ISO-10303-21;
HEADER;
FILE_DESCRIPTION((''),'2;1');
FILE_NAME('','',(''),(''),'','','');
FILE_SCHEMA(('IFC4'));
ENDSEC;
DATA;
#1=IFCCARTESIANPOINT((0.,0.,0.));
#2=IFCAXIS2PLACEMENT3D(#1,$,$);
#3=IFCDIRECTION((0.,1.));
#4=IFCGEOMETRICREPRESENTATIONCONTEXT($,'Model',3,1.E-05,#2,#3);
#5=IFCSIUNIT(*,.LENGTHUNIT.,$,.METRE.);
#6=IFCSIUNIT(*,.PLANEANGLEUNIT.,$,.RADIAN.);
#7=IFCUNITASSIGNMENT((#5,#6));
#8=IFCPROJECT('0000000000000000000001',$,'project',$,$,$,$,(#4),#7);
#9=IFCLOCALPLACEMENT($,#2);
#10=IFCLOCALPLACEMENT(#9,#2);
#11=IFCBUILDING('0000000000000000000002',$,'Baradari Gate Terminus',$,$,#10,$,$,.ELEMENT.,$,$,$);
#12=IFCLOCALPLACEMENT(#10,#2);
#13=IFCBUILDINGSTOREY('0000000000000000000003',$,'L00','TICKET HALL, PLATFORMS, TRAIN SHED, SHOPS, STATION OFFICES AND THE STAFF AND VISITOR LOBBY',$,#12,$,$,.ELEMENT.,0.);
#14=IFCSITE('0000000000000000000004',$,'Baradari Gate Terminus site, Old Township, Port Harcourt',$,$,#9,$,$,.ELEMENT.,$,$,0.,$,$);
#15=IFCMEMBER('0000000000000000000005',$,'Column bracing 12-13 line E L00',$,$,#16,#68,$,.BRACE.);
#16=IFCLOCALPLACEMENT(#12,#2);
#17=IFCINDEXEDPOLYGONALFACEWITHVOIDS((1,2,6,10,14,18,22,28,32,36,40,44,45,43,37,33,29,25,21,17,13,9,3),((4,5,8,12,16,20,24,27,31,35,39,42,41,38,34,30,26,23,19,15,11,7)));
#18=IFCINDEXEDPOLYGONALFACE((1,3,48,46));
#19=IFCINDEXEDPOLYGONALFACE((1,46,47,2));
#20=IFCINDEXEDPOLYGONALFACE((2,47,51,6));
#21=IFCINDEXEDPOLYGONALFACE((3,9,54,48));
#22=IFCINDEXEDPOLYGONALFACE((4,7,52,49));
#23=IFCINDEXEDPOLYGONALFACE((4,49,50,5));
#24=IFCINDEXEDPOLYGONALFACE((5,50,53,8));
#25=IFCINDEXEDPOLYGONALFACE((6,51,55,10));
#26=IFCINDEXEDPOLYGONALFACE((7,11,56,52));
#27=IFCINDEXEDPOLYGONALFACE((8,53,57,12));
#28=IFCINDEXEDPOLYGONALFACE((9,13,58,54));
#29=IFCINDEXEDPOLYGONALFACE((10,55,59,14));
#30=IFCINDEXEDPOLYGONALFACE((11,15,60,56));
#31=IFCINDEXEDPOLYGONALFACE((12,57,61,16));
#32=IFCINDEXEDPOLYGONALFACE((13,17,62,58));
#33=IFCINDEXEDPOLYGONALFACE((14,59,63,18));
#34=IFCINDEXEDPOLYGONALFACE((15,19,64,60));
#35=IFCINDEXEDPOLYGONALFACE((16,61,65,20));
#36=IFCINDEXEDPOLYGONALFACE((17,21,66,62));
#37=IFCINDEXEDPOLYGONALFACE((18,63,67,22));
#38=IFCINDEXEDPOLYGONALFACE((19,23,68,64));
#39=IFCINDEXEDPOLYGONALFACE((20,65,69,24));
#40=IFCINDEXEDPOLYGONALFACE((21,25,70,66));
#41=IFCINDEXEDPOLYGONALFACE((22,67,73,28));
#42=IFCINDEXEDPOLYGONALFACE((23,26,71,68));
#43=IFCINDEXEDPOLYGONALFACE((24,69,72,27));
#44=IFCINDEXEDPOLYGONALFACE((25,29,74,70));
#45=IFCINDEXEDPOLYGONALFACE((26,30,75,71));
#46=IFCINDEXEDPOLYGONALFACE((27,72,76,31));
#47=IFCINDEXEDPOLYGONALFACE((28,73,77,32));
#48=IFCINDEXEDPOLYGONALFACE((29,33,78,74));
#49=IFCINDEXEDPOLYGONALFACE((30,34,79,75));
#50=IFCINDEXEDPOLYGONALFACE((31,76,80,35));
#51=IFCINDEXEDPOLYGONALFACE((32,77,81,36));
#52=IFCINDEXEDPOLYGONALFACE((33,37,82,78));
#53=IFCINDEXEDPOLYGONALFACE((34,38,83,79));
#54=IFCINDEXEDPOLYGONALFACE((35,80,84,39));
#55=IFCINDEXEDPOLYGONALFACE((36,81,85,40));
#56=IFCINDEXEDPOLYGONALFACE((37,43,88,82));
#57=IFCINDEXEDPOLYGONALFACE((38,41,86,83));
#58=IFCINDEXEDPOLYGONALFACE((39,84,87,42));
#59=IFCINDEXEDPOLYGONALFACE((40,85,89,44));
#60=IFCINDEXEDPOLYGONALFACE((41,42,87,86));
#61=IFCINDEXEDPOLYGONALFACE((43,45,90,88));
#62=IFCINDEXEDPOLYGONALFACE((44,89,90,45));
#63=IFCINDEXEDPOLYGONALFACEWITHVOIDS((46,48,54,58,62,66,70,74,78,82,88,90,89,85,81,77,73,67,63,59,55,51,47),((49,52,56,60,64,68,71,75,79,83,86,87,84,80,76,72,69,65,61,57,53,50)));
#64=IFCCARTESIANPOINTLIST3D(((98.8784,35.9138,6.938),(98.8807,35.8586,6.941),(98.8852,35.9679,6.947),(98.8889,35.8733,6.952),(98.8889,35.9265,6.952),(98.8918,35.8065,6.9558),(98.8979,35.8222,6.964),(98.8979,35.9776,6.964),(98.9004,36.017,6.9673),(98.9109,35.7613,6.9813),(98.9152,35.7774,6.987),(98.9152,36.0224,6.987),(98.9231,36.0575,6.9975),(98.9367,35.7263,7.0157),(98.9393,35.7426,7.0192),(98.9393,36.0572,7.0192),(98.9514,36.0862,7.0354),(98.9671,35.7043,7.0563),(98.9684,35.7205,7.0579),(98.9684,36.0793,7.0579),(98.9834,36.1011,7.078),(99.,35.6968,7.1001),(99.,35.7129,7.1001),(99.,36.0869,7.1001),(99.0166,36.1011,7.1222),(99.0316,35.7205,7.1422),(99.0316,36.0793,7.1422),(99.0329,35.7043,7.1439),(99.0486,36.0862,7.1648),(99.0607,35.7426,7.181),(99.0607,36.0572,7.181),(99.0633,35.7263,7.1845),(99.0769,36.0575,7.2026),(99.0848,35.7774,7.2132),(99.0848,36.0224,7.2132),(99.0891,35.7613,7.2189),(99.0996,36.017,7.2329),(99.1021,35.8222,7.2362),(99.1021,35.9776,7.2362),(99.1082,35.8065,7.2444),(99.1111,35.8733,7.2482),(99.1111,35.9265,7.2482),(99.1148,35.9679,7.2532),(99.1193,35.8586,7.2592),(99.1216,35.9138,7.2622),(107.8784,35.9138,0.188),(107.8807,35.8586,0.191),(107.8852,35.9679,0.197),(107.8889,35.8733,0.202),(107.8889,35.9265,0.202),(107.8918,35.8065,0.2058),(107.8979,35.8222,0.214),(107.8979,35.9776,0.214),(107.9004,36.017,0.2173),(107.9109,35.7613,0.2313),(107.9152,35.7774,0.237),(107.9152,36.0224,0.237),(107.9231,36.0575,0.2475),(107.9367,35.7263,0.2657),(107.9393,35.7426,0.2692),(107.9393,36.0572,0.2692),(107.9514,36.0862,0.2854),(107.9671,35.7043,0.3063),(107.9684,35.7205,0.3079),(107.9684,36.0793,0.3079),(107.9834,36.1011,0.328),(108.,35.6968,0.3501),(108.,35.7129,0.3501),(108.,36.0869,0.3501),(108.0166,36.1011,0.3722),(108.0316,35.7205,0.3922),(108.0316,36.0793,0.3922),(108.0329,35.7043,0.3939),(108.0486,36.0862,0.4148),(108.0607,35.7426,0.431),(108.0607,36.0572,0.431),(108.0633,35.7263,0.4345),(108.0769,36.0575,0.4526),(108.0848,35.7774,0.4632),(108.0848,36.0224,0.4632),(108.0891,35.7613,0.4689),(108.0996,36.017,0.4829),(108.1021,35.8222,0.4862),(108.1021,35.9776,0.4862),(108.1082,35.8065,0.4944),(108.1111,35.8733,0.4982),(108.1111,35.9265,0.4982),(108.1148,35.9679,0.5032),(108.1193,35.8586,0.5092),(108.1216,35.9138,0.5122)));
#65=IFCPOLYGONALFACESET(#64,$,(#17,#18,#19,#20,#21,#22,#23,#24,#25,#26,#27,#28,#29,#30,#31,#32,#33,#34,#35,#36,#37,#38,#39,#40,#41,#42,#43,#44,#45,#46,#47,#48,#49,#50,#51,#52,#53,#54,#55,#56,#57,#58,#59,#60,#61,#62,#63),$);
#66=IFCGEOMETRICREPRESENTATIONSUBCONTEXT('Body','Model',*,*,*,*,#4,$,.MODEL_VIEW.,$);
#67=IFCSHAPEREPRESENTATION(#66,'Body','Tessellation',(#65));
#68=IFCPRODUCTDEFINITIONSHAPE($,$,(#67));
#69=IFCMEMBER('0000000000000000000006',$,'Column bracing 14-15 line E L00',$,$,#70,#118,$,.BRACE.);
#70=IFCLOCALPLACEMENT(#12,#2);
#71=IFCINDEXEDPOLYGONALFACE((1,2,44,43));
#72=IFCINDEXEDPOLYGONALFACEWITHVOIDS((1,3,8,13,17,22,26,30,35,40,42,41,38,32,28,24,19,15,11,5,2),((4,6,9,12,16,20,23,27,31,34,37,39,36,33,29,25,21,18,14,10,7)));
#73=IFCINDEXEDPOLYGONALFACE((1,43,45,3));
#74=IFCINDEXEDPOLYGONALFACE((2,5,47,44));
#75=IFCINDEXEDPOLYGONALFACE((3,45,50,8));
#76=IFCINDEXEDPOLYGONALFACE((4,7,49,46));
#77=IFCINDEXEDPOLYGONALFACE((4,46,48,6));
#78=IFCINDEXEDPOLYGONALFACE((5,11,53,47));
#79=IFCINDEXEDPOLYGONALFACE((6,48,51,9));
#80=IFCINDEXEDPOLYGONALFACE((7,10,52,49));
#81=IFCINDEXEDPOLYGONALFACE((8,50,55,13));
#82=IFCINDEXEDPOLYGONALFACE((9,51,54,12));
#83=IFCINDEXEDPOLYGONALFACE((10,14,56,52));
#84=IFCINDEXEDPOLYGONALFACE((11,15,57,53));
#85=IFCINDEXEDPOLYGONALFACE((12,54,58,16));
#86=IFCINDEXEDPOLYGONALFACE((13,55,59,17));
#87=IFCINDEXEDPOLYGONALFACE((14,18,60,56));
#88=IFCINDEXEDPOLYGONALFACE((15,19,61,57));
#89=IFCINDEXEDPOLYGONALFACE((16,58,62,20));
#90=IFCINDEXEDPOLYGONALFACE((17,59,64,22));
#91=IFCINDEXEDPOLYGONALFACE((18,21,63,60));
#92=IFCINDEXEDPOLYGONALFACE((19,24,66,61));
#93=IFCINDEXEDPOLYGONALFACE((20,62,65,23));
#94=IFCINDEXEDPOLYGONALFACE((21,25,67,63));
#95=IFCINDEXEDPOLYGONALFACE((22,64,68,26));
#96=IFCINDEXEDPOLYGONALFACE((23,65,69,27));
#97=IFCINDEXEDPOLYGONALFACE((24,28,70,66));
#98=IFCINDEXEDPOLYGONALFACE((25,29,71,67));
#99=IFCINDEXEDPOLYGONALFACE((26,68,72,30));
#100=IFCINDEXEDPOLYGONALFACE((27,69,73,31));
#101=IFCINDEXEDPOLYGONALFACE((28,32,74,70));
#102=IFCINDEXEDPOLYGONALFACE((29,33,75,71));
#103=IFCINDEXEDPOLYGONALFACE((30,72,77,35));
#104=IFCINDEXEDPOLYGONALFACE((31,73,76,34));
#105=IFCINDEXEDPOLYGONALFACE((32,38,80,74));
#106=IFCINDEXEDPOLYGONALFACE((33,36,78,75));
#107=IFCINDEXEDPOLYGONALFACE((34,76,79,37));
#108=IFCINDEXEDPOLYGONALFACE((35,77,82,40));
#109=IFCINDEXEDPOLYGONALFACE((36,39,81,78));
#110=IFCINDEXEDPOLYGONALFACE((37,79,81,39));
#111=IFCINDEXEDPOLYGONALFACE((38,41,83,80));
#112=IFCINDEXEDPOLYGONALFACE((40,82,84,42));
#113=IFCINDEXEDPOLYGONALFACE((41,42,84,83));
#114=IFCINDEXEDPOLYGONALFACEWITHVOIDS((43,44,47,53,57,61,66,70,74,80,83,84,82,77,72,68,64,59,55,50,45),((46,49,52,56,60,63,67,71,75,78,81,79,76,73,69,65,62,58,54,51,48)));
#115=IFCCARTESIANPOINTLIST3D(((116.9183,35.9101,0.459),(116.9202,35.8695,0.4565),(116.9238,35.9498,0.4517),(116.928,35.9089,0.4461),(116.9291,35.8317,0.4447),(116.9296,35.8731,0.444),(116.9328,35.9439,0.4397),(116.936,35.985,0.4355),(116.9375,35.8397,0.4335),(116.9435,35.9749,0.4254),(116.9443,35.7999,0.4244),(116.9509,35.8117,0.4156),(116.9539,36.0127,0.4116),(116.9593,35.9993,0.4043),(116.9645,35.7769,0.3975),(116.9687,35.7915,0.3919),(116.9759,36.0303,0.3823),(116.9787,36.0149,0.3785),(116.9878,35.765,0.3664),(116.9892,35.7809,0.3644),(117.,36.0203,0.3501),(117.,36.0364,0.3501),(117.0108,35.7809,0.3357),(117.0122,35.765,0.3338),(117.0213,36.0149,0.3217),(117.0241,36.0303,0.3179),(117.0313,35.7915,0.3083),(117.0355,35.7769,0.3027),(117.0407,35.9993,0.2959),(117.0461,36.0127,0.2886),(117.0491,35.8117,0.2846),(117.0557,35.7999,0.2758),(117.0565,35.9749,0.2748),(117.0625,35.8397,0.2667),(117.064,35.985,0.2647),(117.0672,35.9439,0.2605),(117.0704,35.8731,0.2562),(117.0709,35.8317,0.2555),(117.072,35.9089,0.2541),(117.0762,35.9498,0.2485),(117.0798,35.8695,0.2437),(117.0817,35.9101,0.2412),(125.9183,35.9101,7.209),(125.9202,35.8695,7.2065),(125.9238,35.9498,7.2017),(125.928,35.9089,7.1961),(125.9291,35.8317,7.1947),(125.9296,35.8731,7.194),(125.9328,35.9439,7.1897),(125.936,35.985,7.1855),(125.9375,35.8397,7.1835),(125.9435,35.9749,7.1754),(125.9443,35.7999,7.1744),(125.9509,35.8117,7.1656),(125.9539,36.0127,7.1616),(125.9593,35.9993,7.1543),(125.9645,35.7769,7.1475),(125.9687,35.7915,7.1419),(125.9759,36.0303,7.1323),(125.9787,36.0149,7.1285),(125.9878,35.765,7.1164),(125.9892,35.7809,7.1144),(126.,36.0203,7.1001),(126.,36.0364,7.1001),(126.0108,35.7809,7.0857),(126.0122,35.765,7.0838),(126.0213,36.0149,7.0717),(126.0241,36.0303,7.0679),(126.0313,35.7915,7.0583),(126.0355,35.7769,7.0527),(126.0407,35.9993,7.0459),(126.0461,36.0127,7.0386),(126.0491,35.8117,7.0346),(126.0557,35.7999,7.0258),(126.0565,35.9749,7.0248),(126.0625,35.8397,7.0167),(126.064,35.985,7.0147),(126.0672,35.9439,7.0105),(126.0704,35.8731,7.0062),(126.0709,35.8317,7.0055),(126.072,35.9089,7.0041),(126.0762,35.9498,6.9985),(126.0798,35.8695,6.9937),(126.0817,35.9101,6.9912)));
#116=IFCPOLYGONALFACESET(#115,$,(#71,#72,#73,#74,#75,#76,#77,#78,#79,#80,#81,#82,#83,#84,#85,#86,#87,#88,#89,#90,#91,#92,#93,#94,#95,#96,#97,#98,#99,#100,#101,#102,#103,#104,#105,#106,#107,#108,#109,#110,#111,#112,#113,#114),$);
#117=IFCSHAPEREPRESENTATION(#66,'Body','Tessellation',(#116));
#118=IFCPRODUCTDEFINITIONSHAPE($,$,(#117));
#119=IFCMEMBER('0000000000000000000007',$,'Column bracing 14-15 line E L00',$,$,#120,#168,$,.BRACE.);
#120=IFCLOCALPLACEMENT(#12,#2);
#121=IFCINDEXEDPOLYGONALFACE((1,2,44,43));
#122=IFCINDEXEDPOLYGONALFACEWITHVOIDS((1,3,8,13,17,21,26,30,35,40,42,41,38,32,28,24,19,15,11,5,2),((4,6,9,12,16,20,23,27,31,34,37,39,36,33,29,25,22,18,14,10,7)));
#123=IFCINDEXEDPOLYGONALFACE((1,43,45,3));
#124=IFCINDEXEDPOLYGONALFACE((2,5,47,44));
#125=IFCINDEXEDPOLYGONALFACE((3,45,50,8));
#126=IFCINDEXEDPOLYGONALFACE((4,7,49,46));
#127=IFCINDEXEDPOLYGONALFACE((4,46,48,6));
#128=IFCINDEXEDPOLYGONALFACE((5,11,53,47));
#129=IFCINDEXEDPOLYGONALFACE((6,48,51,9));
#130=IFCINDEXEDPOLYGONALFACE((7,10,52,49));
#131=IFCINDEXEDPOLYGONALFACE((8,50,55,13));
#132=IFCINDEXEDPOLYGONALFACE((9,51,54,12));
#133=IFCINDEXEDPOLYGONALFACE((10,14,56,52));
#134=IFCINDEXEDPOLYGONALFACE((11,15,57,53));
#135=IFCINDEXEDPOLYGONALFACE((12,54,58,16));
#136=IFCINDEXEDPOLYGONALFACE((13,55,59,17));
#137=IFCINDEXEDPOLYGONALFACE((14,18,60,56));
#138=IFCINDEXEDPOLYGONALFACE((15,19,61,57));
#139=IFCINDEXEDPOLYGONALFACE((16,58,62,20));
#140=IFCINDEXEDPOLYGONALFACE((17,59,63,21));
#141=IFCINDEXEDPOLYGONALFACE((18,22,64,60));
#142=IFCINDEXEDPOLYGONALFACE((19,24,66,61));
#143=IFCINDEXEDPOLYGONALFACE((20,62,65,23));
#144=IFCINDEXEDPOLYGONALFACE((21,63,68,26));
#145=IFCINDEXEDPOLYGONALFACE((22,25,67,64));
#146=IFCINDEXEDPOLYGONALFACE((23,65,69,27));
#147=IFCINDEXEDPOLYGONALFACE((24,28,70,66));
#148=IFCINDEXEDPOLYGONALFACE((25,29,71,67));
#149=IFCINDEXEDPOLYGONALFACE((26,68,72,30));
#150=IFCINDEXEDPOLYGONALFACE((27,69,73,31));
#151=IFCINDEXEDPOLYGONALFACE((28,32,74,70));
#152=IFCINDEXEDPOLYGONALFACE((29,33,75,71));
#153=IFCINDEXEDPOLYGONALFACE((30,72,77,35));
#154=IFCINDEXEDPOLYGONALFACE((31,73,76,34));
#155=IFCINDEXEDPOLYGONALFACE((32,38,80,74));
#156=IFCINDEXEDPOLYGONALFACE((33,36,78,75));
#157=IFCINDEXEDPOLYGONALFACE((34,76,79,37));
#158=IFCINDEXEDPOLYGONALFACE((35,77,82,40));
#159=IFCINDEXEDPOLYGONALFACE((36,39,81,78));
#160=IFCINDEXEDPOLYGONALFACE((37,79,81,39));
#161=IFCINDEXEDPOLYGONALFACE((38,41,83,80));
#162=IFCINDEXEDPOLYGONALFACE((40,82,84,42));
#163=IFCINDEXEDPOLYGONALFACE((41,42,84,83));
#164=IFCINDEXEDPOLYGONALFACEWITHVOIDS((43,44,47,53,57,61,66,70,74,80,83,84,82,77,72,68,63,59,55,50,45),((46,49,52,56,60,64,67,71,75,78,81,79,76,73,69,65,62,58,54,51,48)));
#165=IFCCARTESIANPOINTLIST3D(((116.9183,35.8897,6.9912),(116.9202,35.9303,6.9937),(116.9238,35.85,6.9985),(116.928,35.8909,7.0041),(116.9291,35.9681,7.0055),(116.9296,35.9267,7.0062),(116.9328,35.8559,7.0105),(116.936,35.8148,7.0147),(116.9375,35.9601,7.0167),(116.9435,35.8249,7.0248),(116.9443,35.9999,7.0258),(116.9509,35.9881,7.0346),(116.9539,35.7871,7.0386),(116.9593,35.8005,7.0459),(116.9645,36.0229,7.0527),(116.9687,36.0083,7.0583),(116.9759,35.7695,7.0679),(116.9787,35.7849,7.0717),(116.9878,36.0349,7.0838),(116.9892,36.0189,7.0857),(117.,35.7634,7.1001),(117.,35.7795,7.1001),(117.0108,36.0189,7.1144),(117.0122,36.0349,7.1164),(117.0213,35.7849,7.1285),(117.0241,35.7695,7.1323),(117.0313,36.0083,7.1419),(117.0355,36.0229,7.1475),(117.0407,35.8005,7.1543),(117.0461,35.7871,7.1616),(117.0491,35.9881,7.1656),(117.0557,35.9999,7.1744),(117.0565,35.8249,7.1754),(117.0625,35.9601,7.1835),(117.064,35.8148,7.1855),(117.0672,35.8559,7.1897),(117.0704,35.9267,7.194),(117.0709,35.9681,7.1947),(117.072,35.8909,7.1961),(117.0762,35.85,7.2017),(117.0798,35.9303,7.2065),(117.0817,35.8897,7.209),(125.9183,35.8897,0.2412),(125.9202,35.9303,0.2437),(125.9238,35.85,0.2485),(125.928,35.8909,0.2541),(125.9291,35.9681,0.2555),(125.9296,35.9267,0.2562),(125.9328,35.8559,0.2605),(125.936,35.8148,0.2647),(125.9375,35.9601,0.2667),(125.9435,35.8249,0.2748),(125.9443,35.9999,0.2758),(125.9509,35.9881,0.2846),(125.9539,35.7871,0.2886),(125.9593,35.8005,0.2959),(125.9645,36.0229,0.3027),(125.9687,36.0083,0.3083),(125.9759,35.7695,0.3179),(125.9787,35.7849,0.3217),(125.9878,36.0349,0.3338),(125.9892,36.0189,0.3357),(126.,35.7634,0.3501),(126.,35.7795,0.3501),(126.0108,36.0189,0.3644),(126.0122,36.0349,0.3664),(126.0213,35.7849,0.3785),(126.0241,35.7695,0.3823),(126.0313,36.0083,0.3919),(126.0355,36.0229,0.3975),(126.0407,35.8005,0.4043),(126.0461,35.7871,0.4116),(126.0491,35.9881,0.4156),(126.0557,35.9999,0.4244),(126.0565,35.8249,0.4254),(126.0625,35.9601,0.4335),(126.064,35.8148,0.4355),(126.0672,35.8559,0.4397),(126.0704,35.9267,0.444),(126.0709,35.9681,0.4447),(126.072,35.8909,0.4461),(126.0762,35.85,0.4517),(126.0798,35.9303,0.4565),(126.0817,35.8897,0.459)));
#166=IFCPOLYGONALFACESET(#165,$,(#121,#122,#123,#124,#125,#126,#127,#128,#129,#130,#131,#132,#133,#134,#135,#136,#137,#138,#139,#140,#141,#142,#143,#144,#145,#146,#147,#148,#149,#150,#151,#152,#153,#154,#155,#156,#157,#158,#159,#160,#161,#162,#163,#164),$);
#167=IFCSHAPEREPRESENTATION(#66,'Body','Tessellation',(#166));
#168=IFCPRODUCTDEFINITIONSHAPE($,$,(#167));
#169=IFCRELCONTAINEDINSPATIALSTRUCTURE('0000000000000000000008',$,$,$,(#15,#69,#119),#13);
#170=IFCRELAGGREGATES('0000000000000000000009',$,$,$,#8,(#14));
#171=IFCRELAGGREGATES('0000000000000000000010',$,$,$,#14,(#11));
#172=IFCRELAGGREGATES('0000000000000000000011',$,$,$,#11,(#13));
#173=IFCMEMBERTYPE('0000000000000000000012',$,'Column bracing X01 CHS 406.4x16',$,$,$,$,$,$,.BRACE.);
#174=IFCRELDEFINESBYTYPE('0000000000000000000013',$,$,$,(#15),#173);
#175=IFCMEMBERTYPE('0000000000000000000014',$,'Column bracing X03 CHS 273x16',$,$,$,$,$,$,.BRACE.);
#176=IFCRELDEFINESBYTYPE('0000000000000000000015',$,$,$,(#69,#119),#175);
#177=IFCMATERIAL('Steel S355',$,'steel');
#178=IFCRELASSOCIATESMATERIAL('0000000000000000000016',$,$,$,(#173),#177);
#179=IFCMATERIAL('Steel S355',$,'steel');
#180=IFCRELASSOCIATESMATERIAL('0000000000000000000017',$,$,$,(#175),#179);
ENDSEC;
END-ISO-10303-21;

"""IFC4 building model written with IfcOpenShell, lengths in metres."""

from ifc_helpers import new_model, si_unit, direction, frame, origin, origin_2d, place, context, subcontext, project, spatial, hollow_circle, extrude, material, material_profile, profile_set, type_object, element, save


model = new_model("IFC4")

# Units and contexts
model_context = context("Model", 3, precision=1e-05, world=origin(), true_north=direction((0.0, 1.0)))
body_context = subcontext(model_context, "Body", "Model", "MODEL_VIEW")
ifc_project = project(units=[si_unit("LENGTHUNIT", "METRE"), si_unit("PLANEANGLEUNIT", "RADIAN")], contexts=[model_context])

# Site, building, storey
site_placement = place(None, origin())
site = spatial("IfcSite", under=ifc_project, at=site_placement, Name="Baradari Gate Terminus site, Old Township, Port Harcourt", CompositionType="ELEMENT", RefElevation=0.0)
building_placement = place(site_placement, origin())
building = spatial("IfcBuilding", under=site, at=building_placement, Name="Baradari Gate Terminus", CompositionType="ELEMENT")
storey_placement = place(building_placement, origin())
storey = spatial("IfcBuildingStorey", under=building, at=storey_placement, Name="L00", Description="TICKET HALL, PLATFORMS, TRAIN SHED, SHOPS, STATION OFFICES AND THE STAFF AND VISITOR LOBBY", CompositionType="ELEMENT", Elevation=0.0)

# Members
ifc_material_1 = material(Name="Steel S355", Category="steel")
ifc_material_profile_1 = material_profile(ifc_material_1, hollow_circle(Radius=0.2031, WallThickness=0.0161, at=origin_2d()), Name="CHS 406.4x16")
ifc_profile_set_1 = profile_set([ifc_material_profile_1], Name="Steel S355")
member_type_1 = type_object("IfcMemberType", Name="Column bracing X01 CHS 406.4x16", PredefinedType="BRACE", material=ifc_profile_set_1)
member_placement = place(storey_placement, frame((108.0, 35.8999, 0.3501), z_axis=(-0.8, 0.0, 0.6), x_axis=(0.0, -1.0, 0.0)))
element("IfcMember", 1, at=member_placement, inside=storey, type_object=member_type_1, Name="Column bracing 12-13 line E L00", PredefinedType="BRACE", context=body_context, shape_type="SweptSolid", body=[
    extrude(hollow_circle(Radius=0.2031, WallThickness=0.0161, at=origin_2d()), origin(), (0.0, 0.0, 1.0), 11.25),
])
ifc_material_2 = material(Name="Steel S355", Category="steel")
ifc_material_profile_2 = material_profile(ifc_material_2, hollow_circle(Radius=0.1365, WallThickness=0.0161, at=origin_2d()), Name="CHS 273x16")
ifc_profile_set_2 = profile_set([ifc_material_profile_2], Name="Steel S355")
member_type_2 = type_object("IfcMemberType", Name="Column bracing X03 CHS 273x16", PredefinedType="BRACE", material=ifc_profile_set_2)
for number, where, z_axis, x_axis, name in (
    (2, (117.0, 35.8999, 0.3501), (0.8, 0.0, 0.6), (0.0, 1.0, 0.0), "Column bracing 14-15 line E L00"),
    (3, (126.0, 35.8999, 0.3501), (-0.8, 0.0, 0.6), (0.0, -1.0, 0.0), "Column bracing 14-15 line E L00"),
):
    element("IfcMember", number, at=place(storey_placement, frame(where, z_axis=z_axis, x_axis=x_axis)), inside=storey, type_object=member_type_2, Name=name, PredefinedType="BRACE", context=body_context, shape_type="SweptSolid", body=[
        extrude(hollow_circle(Radius=0.1365, WallThickness=0.0161, at=origin_2d()), origin(), (0.0, 0.0, 1.0), 11.25),
    ])

save(model, "model.ifc")
